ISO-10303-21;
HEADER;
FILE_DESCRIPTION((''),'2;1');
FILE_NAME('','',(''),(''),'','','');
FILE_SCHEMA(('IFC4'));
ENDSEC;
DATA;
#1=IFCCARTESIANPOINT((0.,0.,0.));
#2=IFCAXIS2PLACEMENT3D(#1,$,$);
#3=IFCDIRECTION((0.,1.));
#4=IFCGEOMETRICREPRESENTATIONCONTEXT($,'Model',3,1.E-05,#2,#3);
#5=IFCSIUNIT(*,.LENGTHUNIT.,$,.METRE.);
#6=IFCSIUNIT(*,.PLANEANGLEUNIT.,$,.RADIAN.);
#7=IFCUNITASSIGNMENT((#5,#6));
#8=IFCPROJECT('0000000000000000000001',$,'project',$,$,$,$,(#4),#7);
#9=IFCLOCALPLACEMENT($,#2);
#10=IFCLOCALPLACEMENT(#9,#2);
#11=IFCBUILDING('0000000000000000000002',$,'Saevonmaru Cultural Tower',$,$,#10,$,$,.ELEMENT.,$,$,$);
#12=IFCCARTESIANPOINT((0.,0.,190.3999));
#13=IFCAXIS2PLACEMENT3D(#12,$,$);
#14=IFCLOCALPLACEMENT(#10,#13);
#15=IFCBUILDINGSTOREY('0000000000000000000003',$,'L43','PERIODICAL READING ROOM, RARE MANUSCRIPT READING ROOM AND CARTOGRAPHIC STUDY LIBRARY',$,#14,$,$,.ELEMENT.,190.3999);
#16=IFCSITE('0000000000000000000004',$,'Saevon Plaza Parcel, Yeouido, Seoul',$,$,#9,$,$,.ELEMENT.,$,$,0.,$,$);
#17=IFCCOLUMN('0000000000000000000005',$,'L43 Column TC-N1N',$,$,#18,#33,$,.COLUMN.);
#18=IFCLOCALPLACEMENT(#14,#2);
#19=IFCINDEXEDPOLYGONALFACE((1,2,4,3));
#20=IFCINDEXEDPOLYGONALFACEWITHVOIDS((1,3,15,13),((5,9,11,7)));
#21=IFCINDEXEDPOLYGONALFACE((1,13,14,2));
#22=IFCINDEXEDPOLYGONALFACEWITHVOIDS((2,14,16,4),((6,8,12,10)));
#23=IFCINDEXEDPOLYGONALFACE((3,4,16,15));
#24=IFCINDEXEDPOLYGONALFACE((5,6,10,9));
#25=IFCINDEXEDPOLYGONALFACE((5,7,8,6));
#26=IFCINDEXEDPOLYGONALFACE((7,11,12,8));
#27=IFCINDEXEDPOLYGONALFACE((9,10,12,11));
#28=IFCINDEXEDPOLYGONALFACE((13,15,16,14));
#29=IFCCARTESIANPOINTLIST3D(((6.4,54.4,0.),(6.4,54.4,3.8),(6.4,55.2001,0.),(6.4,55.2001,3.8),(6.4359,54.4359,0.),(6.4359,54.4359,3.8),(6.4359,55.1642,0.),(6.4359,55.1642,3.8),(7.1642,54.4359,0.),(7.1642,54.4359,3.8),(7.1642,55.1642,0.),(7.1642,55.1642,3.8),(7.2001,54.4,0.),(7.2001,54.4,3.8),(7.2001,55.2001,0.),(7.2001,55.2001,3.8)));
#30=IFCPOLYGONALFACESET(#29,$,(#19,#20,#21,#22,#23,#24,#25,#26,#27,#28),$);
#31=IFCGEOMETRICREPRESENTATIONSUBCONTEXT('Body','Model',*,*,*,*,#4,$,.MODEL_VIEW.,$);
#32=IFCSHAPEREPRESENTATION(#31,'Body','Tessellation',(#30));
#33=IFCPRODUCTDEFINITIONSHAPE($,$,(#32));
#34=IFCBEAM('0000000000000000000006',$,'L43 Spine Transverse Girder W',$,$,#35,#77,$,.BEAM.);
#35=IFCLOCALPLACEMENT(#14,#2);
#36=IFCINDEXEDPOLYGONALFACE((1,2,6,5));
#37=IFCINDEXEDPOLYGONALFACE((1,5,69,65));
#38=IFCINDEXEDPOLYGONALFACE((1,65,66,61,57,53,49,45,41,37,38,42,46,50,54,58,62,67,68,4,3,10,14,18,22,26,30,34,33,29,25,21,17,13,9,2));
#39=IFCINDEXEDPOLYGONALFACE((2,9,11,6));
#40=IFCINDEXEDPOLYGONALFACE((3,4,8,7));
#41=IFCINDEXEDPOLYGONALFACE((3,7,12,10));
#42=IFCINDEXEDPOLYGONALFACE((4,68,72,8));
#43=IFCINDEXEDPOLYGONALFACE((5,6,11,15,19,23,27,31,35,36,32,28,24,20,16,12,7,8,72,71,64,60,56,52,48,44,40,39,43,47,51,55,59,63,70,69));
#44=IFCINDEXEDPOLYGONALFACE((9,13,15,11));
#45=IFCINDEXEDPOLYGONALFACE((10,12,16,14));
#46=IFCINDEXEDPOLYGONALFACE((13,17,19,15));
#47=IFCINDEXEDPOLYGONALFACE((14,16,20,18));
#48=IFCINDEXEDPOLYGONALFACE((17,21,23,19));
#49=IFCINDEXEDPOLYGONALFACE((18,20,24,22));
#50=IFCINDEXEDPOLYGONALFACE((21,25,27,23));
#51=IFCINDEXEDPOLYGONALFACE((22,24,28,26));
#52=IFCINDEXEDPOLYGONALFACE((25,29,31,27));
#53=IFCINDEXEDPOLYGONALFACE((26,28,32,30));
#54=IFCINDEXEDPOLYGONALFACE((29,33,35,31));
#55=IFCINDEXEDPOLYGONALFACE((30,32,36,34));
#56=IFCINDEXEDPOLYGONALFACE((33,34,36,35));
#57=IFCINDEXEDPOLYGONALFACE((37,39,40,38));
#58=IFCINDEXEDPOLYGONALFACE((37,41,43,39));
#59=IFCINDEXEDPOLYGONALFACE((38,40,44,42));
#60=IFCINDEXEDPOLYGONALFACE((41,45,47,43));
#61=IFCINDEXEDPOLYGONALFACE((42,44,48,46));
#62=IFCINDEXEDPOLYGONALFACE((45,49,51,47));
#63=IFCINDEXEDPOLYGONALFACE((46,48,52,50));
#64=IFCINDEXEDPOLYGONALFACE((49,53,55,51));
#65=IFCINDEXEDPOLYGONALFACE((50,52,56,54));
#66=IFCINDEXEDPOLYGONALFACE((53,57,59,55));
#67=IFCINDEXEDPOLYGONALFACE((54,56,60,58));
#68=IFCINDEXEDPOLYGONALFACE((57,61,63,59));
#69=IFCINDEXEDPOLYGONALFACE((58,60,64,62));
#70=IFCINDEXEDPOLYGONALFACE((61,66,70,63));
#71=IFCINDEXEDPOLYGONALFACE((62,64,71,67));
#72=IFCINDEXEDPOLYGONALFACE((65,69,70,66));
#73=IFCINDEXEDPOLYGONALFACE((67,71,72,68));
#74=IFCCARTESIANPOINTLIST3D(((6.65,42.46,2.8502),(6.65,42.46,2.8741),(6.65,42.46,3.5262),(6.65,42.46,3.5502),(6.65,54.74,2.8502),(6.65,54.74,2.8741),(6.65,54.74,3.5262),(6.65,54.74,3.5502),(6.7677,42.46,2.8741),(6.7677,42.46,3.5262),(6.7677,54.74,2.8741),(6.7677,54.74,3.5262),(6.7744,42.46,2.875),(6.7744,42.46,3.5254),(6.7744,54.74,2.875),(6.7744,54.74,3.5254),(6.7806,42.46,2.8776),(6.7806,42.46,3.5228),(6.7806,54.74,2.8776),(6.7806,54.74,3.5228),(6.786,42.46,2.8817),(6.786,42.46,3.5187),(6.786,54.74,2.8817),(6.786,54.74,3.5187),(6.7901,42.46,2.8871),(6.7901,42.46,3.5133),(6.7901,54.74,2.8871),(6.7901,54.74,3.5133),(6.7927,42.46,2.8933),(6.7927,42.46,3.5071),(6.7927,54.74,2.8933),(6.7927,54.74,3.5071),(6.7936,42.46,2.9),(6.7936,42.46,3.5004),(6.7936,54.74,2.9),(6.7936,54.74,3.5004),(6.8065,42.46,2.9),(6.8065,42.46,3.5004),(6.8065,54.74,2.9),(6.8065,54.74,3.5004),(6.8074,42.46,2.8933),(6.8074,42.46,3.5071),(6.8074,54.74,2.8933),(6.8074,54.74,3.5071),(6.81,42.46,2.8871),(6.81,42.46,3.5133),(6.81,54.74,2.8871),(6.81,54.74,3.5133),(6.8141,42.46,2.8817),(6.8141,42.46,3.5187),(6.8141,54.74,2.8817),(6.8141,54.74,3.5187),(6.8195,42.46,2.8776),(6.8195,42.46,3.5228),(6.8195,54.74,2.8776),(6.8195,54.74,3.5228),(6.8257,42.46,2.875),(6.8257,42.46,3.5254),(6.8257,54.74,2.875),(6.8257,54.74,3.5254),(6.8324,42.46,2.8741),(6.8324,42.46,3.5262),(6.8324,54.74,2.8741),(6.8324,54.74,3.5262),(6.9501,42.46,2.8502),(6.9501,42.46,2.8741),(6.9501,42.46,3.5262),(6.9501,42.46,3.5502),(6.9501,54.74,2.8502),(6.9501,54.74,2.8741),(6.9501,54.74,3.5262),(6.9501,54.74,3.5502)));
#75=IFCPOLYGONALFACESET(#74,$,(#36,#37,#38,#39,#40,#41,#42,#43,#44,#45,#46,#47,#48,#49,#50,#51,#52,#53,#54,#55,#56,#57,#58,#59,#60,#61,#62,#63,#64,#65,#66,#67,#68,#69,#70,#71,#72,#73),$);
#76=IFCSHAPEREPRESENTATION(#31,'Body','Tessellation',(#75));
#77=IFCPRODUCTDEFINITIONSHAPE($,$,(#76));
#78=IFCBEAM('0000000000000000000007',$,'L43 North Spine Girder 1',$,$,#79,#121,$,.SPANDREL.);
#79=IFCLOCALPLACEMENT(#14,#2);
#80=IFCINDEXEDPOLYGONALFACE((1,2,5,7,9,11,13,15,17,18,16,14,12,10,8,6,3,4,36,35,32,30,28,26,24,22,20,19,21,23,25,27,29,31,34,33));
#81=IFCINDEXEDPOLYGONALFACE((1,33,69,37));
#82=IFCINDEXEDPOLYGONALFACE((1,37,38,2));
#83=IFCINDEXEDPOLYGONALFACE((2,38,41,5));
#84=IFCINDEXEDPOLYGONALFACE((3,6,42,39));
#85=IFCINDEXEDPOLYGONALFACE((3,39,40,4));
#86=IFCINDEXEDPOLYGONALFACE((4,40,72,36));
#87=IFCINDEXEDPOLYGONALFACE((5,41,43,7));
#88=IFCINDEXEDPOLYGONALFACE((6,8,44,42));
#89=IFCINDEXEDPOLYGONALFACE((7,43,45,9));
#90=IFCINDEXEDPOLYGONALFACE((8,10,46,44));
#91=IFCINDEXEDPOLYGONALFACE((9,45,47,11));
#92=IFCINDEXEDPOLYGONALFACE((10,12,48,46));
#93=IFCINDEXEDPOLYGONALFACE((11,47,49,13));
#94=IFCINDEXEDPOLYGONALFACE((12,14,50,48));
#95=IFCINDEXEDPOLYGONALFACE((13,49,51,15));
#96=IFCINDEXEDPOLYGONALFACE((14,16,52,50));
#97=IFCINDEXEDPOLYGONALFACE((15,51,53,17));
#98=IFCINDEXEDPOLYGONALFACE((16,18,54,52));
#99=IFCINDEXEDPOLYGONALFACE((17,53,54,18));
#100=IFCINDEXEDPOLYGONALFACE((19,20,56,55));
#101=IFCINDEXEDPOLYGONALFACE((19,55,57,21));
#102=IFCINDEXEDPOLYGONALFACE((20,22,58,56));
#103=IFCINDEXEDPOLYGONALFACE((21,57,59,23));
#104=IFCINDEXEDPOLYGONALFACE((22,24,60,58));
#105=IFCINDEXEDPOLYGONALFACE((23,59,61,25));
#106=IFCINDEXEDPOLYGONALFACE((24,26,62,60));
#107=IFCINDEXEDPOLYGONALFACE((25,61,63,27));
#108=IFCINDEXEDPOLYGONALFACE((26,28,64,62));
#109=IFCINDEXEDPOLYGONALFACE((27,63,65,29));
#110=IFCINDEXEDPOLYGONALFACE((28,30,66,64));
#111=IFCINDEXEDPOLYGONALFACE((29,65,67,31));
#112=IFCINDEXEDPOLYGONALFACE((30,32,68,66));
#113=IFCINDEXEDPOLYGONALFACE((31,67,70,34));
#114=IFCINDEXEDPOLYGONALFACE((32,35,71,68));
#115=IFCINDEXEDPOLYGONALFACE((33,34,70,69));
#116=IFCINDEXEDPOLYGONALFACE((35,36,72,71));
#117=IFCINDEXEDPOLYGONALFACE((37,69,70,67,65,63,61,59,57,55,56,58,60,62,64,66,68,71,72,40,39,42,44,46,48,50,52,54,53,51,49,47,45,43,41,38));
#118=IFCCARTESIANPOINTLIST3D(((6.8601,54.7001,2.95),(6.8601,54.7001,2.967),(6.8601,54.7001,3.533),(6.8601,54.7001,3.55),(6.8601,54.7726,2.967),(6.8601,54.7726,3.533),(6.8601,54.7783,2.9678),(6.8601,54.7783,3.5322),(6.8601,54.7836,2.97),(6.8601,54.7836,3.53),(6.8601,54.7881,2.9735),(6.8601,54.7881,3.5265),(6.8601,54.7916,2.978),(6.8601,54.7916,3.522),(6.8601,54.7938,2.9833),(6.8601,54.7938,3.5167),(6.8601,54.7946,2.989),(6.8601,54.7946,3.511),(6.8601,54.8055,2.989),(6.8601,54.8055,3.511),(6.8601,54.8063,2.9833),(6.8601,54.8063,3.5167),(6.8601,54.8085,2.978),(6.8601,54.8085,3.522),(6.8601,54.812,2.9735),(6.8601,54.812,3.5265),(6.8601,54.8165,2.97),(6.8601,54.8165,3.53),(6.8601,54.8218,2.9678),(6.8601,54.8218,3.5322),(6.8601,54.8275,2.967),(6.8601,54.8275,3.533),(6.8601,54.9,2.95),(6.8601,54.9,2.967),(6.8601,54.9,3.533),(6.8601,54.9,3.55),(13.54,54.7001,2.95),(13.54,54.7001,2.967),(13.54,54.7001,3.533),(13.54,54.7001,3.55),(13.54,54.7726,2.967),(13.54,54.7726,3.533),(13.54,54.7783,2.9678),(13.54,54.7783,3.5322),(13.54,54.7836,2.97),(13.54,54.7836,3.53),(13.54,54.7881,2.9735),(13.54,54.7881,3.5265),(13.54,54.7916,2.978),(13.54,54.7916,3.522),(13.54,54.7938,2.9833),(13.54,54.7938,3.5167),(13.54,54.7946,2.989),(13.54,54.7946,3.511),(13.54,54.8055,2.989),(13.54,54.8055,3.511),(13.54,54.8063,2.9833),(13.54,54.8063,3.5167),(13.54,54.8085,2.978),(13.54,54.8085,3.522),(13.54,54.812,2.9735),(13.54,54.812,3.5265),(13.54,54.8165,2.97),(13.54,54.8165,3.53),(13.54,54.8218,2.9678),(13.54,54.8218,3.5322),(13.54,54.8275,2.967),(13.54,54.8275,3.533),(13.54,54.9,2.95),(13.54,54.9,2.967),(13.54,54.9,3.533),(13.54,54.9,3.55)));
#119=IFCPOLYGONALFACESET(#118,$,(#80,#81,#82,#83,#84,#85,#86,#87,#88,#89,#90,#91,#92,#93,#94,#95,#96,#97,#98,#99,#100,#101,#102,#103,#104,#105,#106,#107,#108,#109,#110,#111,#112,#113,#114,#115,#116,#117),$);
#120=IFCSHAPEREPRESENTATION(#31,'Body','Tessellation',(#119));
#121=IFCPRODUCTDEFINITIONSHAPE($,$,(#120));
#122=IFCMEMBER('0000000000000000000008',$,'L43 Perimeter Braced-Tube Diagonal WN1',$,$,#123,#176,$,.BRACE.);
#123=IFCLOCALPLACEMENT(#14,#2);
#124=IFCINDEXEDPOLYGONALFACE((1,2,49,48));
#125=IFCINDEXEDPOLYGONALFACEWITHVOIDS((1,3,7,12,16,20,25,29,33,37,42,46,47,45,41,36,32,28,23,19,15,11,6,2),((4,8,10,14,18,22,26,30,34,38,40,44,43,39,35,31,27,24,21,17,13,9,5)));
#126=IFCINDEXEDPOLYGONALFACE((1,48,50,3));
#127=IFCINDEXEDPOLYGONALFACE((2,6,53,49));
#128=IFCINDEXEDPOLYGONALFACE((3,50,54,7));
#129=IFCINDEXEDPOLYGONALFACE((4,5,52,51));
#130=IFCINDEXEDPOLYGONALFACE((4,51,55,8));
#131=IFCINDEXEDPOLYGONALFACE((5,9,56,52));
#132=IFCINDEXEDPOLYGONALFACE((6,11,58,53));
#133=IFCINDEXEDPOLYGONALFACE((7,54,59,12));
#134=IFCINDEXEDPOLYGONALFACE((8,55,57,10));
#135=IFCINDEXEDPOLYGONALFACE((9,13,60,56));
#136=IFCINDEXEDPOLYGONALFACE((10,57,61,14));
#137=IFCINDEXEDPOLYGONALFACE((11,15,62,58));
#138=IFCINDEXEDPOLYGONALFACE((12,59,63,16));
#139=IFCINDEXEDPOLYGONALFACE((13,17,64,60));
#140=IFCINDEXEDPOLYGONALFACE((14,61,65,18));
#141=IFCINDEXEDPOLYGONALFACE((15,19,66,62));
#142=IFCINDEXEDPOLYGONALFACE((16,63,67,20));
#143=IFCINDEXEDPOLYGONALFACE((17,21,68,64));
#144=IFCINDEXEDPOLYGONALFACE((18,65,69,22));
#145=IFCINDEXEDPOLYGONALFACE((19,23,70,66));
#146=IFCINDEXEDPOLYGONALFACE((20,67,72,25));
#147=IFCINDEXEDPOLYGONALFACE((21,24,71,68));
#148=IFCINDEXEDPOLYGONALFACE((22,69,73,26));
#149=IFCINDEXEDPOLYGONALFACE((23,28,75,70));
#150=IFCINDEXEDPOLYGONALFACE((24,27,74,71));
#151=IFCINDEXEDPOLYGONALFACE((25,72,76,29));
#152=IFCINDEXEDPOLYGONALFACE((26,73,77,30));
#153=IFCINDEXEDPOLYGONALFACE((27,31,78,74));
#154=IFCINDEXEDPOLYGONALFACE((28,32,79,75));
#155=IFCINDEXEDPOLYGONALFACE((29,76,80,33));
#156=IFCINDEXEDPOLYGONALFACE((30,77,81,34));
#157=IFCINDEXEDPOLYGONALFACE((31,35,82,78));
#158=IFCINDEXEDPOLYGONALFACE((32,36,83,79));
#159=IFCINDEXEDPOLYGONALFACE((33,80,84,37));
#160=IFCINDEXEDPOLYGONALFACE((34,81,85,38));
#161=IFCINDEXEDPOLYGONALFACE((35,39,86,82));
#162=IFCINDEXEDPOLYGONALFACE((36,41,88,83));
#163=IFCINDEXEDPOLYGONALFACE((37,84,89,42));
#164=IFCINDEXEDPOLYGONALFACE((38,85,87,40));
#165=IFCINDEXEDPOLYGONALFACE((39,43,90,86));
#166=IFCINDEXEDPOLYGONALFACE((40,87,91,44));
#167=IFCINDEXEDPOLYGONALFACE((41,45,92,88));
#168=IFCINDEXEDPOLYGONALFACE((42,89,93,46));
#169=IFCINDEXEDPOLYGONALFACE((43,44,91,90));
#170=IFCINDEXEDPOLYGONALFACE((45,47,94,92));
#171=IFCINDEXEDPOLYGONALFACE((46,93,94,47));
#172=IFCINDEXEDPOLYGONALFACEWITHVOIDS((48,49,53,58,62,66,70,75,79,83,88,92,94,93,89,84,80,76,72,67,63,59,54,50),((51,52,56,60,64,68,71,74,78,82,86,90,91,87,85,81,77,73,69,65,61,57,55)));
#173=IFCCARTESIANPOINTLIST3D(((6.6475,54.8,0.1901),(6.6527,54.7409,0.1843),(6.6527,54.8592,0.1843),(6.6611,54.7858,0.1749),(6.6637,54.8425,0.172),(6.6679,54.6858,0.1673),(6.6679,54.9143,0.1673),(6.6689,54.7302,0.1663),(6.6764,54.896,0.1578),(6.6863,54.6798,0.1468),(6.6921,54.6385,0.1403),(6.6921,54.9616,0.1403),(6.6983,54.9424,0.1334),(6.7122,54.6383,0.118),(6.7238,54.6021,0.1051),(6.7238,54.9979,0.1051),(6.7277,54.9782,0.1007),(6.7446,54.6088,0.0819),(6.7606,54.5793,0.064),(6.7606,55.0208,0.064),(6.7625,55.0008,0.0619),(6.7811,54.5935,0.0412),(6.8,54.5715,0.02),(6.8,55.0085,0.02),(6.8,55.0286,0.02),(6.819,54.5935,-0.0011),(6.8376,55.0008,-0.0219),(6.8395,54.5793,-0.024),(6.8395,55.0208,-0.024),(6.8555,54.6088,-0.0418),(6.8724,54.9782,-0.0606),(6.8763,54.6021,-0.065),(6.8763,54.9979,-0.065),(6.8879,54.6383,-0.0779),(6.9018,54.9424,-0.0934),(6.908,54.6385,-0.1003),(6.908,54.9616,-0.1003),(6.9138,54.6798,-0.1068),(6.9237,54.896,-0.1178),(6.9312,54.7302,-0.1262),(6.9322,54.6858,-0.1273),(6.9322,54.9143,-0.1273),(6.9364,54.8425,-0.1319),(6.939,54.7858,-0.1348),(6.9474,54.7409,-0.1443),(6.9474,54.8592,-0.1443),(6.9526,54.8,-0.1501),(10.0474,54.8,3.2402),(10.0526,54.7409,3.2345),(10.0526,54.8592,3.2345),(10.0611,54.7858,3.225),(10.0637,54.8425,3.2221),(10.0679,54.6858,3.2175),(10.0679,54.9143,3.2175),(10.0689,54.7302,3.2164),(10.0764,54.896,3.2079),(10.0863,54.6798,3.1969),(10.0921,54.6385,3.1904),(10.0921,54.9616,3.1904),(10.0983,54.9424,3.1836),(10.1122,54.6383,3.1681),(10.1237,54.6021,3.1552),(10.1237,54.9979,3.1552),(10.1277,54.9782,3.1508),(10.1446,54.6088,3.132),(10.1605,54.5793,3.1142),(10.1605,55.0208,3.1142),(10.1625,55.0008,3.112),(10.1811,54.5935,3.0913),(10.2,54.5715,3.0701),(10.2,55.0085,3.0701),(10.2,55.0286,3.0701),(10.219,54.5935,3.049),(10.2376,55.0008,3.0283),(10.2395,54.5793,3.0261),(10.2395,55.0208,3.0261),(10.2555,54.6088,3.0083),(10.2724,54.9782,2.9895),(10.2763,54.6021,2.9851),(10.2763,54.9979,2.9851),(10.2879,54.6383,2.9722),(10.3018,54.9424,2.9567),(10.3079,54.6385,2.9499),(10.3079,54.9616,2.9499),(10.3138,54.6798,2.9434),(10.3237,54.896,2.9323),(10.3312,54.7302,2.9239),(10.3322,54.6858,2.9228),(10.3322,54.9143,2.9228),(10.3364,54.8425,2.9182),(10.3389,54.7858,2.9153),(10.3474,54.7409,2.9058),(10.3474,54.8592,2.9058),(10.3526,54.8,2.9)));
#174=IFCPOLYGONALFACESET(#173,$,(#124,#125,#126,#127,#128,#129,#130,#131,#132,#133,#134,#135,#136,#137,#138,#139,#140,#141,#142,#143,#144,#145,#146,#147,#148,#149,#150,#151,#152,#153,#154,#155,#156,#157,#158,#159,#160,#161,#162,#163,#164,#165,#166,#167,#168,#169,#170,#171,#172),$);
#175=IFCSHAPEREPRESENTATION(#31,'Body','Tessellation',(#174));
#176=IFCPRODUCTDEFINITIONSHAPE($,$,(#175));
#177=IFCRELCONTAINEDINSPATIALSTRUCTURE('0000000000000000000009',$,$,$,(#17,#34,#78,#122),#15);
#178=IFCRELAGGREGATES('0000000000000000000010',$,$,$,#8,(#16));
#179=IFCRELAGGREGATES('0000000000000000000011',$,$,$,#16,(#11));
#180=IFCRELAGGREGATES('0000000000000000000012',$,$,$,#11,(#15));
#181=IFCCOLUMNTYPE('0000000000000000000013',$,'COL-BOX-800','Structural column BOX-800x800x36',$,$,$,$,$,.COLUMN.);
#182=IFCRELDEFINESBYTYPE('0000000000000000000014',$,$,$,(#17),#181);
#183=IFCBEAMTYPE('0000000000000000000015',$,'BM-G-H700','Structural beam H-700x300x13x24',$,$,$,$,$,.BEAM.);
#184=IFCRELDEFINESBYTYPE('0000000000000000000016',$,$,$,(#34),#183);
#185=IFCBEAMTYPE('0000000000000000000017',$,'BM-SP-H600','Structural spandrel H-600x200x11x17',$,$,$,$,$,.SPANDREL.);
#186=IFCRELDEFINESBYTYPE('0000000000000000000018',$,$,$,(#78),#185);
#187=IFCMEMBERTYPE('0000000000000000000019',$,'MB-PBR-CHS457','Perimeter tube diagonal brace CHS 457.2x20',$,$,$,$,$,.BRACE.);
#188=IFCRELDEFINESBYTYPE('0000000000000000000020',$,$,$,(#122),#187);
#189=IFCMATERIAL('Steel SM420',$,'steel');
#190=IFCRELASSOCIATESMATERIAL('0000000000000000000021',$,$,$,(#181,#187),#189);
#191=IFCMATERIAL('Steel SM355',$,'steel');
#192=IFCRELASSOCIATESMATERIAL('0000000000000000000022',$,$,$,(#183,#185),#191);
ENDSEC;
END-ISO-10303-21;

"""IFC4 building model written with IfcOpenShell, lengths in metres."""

from ifc_helpers import new_model, si_unit, direction, frame, origin, origin_2d, place, context, subcontext, project, spatial, hollow_rectangle, hollow_circle, i_section, extrude, material, material_profile, profile_set, type_object, element, save


model = new_model("IFC4")

# Units and contexts
model_context = context("Model", 3, precision=1e-05, world=origin(), true_north=direction((0.0, 1.0)))
body_context = subcontext(model_context, "Body", "Model", "MODEL_VIEW")
ifc_project = project(units=[si_unit("LENGTHUNIT", "METRE"), si_unit("PLANEANGLEUNIT", "RADIAN")], contexts=[model_context])

# Site, building, storey
site_placement = place(None, origin())
site = spatial("IfcSite", under=ifc_project, at=site_placement, Name="Saevon Plaza Parcel, Yeouido, Seoul", CompositionType="ELEMENT", RefElevation=0.0)
building_placement = place(site_placement, origin())
building = spatial("IfcBuilding", under=site, at=building_placement, Name="Saevonmaru Cultural Tower", CompositionType="ELEMENT")
storey_placement = place(building_placement, frame((0.0, 0.0, 190.3999)))
storey = spatial("IfcBuildingStorey", under=building, at=storey_placement, Name="L43", Description="PERIODICAL READING ROOM, RARE MANUSCRIPT READING ROOM AND CARTOGRAPHIC STUDY LIBRARY", CompositionType="ELEMENT", Elevation=190.3999)

# Column
ifc_material_1 = material(Name="Steel SM420", Category="steel")
ifc_material_profile_1 = material_profile(ifc_material_1, hollow_rectangle(XDim=0.8, YDim=0.8, WallThickness=0.0359, at=origin_2d()), Name="BOX-800x800x36")
ifc_profile_set_1 = profile_set([ifc_material_profile_1], Name="Steel SM420")
column_type = type_object("IfcColumnType", Name="COL-BOX-800", Description="Structural column BOX-800x800x36", PredefinedType="COLUMN", material=ifc_profile_set_1)
column_placement = place(storey_placement, frame((6.8, 54.8, 0.0), z_axis=(0.0, 0.0, 1.0), x_axis=(1.0, 0.0, 0.0)))
element("IfcColumn", 1, at=column_placement, inside=storey, type_object=column_type, Name="L43 Column TC-N1N", PredefinedType="COLUMN", context=body_context, shape_type="SweptSolid", body=[
    extrude(hollow_rectangle(XDim=0.8, YDim=0.8, WallThickness=0.0359, at=origin_2d()), origin(), (0.0, 0.0, 1.0), 3.8),
])

# Beams
ifc_material_2 = material(Name="Steel SM355", Category="steel")
ifc_material_profile_2 = material_profile(ifc_material_2, i_section(OverallWidth=0.3, OverallDepth=0.7, WebThickness=0.0129, FlangeThickness=0.0239, FilletRadius=0.0259, at=origin_2d()), Name="H-700x300x13x24")
ifc_profile_set_2 = profile_set([ifc_material_profile_2], Name="Steel SM355")
beam_type_1 = type_object("IfcBeamType", Name="BM-G-H700", Description="Structural beam H-700x300x13x24", PredefinedType="BEAM", material=ifc_profile_set_2)
beam_1_placement = place(storey_placement, frame((6.8, 54.74, 3.2002), z_axis=(0.0, -1.0, 0.0), x_axis=(1.0, 0.0, 0.0)))
element("IfcBeam", 2, at=beam_1_placement, inside=storey, type_object=beam_type_1, Name="L43 Spine Transverse Girder W", PredefinedType="BEAM", context=body_context, shape_type="SweptSolid", body=[
    extrude(i_section(OverallWidth=0.3, OverallDepth=0.7, WebThickness=0.0129, FlangeThickness=0.0239, FilletRadius=0.0259, at=origin_2d()), origin(), (0.0, 0.0, 1.0), 12.28),
])
ifc_material_profile_3 = material_profile(ifc_material_2, i_section(OverallWidth=0.2, OverallDepth=0.6001, WebThickness=0.011, FlangeThickness=0.0171, FilletRadius=0.022, at=origin_2d()), Name="H-600x200x11x17")
ifc_profile_set_3 = profile_set([ifc_material_profile_3], Name="Steel SM355")
beam_type_2 = type_object("IfcBeamType", Name="BM-SP-H600", Description="Structural spandrel H-600x200x11x17", PredefinedType="SPANDREL", material=ifc_profile_set_3)
beam_2_placement = place(storey_placement, frame((6.8601, 54.8, 3.25), z_axis=(1.0, 0.0, 0.0), x_axis=(0.0, 1.0, 0.0)))
element("IfcBeam", 3, at=beam_2_placement, inside=storey, type_object=beam_type_2, Name="L43 North Spine Girder 1", PredefinedType="SPANDREL", context=body_context, shape_type="SweptSolid", body=[
    extrude(i_section(OverallWidth=0.2, OverallDepth=0.6001, WebThickness=0.011, FlangeThickness=0.0171, FilletRadius=0.022, at=origin_2d()), origin(), (0.0, 0.0, 1.0), 6.6799),
])

# Member
ifc_material_profile_4 = material_profile(ifc_material_1, hollow_circle(Radius=0.2285, WallThickness=0.02, at=origin_2d()), Name="CHS-457.2x20")
ifc_profile_set_4 = profile_set([ifc_material_profile_4], Name="Steel SM420")
member_type_1 = type_object("IfcMemberType", Name="MB-PBR-CHS457", Description="Perimeter tube diagonal brace CHS 457.2x20", PredefinedType="BRACE", material=ifc_profile_set_4)
member_1_placement = place(storey_placement, frame((6.8, 54.8, 0.02), z_axis=(0.744367, 0.0, 0.667771), x_axis=(0.0, 1.0, 0.0)))
element("IfcMember", 4, at=member_1_placement, inside=storey, type_object=member_type_1, Name="L43 Perimeter Braced-Tube Diagonal WN1", PredefinedType="BRACE", context=body_context, shape_type="SweptSolid", body=[
    extrude(hollow_circle(Radius=0.2285, WallThickness=0.02, at=origin_2d()), origin(), (0.0, 0.0, 1.0), 4.5676),
])

save(model, "model.ifc")
